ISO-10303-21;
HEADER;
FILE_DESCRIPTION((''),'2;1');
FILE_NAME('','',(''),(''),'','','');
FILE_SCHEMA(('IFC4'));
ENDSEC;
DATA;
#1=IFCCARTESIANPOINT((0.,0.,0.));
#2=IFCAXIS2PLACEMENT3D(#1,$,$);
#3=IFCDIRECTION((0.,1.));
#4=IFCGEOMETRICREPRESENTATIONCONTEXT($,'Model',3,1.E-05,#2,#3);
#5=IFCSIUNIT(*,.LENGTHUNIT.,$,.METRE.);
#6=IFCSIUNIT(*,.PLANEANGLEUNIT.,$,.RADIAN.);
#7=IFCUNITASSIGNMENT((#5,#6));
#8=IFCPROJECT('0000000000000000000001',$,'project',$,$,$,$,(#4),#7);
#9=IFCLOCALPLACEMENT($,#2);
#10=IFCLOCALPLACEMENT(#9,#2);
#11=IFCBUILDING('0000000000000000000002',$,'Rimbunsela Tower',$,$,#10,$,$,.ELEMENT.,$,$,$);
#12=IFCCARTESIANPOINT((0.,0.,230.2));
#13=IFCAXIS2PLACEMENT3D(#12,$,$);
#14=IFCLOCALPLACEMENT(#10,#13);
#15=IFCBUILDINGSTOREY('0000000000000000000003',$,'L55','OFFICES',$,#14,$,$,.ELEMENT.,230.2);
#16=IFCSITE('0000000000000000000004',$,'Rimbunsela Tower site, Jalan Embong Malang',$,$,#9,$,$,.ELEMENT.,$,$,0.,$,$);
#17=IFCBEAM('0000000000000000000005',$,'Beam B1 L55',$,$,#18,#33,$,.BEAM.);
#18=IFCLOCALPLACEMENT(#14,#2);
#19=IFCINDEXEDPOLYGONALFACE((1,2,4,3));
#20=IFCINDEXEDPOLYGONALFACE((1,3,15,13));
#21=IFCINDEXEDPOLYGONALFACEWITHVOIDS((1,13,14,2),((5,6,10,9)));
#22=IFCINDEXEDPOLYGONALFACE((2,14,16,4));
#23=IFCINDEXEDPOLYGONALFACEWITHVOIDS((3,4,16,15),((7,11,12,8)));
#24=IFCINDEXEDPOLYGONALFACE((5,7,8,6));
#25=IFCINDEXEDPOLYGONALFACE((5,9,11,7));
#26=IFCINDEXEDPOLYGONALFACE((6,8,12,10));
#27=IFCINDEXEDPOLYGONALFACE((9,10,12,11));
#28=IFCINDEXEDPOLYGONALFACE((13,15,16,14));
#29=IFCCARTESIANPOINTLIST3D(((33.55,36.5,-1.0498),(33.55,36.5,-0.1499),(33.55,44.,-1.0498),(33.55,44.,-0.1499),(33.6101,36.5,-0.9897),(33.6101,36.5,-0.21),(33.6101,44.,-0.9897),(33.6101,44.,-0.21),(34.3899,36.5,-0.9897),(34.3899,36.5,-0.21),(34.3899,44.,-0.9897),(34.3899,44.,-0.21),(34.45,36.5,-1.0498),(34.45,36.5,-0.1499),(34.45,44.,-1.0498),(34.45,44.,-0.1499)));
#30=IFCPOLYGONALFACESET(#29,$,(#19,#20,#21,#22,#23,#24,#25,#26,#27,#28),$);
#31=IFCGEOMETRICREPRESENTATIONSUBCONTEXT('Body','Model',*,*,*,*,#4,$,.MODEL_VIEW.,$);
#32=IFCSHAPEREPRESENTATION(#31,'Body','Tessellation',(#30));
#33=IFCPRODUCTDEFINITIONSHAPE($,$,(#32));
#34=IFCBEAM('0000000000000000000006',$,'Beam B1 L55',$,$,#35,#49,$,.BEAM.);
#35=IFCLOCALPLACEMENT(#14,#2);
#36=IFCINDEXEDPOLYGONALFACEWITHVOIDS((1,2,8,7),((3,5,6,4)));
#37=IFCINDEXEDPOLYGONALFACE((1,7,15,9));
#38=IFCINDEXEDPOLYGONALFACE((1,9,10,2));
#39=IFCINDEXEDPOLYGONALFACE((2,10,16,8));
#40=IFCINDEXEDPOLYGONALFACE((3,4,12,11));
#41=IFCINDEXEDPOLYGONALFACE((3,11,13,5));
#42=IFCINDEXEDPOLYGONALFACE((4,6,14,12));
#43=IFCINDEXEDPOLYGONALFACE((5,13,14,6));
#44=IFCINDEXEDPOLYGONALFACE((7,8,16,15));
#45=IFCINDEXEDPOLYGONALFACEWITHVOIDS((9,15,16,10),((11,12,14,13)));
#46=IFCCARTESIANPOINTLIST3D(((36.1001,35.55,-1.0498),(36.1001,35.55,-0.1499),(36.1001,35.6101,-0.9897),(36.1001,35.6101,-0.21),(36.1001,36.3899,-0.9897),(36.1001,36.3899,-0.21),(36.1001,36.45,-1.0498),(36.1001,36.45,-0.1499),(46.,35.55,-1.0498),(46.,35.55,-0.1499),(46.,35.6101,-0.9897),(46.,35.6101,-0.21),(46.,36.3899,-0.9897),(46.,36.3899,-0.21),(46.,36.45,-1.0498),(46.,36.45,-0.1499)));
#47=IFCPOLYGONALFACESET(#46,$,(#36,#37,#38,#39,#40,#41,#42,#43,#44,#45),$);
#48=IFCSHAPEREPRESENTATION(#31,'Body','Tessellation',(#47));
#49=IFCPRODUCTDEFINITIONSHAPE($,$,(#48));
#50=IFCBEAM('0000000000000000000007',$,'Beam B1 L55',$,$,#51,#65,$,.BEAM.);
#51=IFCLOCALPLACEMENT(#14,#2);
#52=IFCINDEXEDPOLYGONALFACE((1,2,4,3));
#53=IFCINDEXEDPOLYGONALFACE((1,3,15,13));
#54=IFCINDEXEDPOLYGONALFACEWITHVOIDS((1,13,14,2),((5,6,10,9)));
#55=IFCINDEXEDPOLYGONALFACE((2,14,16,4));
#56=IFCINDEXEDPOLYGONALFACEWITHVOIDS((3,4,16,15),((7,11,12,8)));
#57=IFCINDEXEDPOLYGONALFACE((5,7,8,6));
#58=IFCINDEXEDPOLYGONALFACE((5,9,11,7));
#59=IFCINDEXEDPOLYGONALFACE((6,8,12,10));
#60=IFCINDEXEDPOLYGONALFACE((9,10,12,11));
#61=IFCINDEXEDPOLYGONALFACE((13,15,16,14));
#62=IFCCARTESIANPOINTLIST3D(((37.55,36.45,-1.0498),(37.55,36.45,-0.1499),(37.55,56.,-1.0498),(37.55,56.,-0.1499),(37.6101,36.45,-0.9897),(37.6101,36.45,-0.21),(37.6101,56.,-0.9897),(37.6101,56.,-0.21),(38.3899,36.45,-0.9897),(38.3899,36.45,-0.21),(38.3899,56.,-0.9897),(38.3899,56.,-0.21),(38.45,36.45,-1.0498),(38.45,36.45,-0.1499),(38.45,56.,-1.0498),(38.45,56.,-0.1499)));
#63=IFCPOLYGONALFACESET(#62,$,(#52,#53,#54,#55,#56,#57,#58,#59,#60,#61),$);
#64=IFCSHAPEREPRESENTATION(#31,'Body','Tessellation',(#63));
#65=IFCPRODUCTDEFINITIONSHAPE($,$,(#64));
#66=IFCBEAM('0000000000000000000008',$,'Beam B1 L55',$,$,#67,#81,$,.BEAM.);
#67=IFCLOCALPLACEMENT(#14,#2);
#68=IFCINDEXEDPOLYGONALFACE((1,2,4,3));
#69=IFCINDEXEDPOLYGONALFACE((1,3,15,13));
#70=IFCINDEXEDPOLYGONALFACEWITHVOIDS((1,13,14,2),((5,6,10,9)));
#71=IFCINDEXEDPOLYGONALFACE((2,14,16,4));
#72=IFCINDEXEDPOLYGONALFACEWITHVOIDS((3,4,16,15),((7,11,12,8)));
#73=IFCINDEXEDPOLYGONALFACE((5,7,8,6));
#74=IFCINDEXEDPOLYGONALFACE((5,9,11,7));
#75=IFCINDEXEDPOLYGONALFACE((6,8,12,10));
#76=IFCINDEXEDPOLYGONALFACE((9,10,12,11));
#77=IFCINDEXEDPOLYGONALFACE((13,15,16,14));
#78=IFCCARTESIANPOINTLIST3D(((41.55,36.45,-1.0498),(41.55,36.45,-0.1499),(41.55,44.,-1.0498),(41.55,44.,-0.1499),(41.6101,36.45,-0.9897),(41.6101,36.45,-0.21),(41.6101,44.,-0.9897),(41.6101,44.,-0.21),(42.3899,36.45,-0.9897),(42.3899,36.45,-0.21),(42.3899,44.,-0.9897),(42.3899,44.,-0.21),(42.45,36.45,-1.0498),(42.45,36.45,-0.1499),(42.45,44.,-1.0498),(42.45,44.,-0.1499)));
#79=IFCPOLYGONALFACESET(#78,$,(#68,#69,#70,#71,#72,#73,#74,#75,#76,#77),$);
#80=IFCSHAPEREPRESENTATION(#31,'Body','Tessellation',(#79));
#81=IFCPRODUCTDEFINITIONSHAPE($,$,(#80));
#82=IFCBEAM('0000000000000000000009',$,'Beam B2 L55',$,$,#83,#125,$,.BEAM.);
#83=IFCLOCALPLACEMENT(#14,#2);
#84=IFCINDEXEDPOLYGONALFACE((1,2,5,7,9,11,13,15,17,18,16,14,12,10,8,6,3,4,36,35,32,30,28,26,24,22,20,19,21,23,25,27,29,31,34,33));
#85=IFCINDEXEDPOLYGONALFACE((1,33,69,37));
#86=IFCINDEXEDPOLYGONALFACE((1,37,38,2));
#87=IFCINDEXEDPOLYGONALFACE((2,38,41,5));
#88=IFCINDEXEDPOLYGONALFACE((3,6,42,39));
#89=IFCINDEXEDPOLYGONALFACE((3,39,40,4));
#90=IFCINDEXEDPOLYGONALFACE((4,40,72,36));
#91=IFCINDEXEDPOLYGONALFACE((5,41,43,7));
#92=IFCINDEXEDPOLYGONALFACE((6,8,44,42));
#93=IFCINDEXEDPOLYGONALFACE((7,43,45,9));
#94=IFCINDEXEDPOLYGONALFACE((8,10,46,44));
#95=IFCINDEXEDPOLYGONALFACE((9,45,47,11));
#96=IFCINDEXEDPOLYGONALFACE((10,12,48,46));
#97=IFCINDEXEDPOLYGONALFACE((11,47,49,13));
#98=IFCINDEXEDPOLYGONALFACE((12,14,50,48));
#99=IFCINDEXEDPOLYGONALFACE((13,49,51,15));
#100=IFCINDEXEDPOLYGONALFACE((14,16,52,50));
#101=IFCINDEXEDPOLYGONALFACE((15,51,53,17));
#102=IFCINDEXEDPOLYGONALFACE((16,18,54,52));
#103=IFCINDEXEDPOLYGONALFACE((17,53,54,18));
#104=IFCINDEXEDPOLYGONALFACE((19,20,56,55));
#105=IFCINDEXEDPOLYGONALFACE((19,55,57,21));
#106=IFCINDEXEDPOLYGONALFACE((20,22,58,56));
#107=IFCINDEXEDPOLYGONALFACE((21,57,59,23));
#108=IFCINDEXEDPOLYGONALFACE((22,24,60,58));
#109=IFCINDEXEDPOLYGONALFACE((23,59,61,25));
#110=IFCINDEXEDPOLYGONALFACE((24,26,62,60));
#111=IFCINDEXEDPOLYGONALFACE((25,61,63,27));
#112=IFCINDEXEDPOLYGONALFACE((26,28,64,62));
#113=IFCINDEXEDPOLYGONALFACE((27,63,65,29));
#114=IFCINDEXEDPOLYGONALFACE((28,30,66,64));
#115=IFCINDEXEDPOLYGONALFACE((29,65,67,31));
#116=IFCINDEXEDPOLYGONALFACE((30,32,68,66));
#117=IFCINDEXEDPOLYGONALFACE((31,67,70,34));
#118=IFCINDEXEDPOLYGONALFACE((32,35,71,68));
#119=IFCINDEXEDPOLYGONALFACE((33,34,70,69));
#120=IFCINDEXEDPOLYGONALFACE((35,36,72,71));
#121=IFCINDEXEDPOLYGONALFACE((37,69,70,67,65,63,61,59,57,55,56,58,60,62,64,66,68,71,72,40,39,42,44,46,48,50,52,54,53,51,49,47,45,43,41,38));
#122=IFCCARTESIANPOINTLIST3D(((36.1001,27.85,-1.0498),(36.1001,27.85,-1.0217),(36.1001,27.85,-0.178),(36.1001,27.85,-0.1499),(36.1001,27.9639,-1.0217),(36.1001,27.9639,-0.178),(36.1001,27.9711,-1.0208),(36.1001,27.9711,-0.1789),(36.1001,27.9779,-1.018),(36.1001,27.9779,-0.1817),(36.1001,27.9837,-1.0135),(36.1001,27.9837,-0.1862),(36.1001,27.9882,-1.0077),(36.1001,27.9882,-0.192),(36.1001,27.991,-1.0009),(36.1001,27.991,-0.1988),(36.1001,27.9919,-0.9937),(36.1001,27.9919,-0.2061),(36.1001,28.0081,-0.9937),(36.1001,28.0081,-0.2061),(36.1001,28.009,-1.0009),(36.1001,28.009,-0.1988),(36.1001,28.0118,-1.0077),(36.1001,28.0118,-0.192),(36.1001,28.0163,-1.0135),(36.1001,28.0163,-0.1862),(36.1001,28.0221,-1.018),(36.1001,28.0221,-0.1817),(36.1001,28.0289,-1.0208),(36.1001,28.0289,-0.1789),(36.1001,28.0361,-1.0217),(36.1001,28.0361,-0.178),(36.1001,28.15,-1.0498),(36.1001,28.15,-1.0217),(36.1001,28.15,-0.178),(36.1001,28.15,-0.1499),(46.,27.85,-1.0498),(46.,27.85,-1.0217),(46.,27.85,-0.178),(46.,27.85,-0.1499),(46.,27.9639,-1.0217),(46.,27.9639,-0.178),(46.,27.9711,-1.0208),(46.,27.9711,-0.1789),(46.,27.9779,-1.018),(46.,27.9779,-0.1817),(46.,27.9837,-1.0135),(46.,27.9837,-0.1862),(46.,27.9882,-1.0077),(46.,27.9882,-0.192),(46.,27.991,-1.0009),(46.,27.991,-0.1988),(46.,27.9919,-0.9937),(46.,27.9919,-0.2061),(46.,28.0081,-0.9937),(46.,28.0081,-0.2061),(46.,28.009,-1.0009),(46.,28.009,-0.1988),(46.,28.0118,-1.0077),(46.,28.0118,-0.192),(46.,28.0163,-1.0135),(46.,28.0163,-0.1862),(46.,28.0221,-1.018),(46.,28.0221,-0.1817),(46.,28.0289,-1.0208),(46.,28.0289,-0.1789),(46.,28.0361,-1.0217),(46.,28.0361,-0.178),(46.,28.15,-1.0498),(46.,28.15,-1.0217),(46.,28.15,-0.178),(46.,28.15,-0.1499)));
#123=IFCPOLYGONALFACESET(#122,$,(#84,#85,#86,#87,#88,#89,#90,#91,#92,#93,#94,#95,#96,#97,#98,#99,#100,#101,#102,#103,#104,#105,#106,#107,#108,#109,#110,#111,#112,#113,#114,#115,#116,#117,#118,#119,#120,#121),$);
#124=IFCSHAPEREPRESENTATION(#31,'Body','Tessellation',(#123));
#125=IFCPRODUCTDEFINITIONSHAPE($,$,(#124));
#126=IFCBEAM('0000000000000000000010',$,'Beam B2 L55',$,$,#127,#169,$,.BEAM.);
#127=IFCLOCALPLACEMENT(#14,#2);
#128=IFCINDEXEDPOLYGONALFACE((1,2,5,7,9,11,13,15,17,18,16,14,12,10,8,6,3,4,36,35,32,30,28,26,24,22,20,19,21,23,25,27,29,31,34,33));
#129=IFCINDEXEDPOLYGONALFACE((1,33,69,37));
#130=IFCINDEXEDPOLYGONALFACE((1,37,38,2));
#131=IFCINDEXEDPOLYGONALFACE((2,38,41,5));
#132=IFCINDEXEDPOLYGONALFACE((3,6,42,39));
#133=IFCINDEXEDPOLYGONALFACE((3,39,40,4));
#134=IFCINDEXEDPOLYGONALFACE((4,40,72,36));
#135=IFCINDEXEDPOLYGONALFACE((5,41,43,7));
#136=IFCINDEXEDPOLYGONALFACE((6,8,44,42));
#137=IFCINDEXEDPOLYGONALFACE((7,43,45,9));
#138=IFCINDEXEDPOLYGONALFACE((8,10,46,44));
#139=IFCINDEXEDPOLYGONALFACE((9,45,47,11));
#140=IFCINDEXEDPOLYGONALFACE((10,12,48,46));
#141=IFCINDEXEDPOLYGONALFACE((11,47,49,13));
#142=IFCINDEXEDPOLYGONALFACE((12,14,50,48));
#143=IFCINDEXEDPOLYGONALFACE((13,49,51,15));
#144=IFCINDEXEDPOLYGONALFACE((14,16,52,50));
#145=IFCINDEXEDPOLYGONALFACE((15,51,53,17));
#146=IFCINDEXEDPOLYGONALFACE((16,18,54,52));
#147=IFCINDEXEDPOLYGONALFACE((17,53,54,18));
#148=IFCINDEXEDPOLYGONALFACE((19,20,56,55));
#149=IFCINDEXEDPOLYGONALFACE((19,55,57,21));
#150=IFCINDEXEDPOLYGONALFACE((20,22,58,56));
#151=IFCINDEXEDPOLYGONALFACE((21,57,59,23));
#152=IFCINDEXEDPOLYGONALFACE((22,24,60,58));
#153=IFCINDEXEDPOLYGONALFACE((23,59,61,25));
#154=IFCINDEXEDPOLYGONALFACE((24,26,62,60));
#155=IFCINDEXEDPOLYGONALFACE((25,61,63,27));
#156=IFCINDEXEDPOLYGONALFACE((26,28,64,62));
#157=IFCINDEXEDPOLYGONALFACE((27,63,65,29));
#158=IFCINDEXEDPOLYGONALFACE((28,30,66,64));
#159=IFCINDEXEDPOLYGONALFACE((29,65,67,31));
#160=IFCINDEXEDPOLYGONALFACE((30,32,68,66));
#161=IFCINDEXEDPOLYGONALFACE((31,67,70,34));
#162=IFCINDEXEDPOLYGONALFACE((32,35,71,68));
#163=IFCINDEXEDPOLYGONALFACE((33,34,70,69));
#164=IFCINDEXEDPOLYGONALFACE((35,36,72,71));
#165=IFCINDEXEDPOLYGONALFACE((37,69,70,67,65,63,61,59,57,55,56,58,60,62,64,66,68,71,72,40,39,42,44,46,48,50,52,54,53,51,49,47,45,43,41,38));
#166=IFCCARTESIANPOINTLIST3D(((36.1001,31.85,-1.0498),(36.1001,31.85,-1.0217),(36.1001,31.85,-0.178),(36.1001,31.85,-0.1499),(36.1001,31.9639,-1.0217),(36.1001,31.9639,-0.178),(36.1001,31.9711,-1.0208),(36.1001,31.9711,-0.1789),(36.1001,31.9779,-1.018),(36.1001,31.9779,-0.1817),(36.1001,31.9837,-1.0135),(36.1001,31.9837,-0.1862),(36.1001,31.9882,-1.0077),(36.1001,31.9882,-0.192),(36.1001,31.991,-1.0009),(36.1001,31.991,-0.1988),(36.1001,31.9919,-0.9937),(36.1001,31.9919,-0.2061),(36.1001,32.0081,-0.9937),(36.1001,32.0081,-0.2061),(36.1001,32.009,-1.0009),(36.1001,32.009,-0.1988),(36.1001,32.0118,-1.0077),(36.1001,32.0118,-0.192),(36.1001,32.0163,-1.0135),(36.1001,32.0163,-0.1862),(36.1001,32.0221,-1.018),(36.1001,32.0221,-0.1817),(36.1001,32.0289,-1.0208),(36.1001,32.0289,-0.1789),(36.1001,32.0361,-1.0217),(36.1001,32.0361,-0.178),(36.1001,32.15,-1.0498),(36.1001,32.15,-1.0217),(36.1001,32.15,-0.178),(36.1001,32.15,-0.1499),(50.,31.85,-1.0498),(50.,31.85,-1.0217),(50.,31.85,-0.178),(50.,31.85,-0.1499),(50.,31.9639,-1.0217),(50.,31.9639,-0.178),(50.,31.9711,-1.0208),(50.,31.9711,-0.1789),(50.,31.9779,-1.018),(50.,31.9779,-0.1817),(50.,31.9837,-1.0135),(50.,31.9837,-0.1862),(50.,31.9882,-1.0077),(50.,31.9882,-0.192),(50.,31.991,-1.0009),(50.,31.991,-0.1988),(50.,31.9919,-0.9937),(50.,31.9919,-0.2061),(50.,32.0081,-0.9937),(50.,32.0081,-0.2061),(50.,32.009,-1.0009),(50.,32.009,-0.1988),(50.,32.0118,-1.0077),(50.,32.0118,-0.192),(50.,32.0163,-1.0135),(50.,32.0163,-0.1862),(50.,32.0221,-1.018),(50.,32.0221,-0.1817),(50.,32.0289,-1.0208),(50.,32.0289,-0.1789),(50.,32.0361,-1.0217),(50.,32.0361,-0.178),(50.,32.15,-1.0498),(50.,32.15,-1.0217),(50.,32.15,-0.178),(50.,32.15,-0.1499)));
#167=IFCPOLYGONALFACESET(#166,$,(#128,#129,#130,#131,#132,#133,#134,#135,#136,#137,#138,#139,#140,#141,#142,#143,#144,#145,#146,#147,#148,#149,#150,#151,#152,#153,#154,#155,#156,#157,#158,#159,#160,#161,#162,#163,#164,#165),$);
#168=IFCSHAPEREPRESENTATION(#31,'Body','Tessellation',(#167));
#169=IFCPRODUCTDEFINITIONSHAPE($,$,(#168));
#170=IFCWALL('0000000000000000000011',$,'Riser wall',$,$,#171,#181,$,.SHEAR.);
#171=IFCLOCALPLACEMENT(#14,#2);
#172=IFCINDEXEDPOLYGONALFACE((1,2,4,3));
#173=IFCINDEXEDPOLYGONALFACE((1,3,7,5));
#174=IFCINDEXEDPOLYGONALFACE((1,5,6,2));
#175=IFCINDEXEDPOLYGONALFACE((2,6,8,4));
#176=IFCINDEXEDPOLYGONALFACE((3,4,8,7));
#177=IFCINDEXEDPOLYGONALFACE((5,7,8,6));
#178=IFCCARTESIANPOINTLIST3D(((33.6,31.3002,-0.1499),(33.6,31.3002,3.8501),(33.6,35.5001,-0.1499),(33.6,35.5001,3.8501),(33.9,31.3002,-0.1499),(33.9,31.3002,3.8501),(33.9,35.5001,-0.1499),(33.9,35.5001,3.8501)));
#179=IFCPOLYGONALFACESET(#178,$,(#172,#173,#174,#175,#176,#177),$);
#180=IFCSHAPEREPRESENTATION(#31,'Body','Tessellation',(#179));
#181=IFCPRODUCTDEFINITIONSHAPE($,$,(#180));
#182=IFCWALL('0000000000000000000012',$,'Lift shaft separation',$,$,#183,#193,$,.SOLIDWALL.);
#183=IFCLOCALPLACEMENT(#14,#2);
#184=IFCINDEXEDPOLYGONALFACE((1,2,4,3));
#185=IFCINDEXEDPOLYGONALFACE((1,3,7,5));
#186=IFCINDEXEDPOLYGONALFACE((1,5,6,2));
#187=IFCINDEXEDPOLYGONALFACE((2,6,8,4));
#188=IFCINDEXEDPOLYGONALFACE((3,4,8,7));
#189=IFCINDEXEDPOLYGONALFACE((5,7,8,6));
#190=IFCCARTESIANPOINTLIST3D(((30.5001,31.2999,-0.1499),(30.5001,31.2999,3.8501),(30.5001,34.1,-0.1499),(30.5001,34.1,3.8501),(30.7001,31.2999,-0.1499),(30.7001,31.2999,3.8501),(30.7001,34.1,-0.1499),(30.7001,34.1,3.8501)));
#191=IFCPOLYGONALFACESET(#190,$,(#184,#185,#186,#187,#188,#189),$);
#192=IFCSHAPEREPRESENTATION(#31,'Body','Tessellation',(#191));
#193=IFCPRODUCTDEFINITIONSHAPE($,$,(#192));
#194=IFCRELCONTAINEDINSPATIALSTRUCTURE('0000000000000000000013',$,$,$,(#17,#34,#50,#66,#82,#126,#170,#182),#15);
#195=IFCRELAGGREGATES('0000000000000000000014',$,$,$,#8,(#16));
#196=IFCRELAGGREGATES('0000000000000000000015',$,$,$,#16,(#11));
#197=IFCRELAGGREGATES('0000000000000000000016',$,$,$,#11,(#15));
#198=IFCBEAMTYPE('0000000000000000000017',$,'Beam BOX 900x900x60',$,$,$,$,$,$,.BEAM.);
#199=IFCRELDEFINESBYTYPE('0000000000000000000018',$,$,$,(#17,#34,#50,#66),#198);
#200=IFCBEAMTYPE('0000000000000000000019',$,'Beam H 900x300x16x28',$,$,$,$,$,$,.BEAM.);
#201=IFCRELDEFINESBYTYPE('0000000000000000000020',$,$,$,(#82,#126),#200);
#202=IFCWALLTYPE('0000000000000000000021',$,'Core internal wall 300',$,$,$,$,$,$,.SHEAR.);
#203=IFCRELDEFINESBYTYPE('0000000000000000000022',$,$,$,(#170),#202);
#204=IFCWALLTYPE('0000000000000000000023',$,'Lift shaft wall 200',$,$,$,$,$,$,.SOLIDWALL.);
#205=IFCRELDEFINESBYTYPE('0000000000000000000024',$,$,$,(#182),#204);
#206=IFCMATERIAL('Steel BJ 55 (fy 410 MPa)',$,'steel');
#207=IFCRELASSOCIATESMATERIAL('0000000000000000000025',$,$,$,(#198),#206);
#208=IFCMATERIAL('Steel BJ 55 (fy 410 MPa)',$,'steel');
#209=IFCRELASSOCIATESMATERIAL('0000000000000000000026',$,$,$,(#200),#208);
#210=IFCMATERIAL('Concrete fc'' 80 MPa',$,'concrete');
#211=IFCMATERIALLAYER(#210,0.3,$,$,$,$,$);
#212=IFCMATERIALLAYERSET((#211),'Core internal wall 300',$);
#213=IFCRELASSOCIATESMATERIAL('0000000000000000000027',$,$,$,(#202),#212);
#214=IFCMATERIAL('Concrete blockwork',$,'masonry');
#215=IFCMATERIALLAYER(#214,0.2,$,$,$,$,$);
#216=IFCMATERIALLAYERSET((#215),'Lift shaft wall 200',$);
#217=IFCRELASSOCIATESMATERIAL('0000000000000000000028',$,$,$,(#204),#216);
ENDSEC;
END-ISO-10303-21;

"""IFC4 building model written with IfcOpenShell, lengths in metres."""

from ifc_helpers import new_model, si_unit, direction, frame, frame_2d, origin, origin_2d, place, context, subcontext, project, spatial, rectangle, hollow_rectangle, i_section, extrude, material, layer, layer_set, material_profile, profile_set, type_object, element, save


model = new_model("IFC4")

# Units and contexts
model_context = context("Model", 3, precision=1e-05, world=origin(), true_north=direction((0.0, 1.0)))
body_context = subcontext(model_context, "Body", "Model", "MODEL_VIEW")
ifc_project = project(units=[si_unit("LENGTHUNIT", "METRE"), si_unit("PLANEANGLEUNIT", "RADIAN")], contexts=[model_context])

# Site, building, storey
site_placement = place(None, origin())
site = spatial("IfcSite", under=ifc_project, at=site_placement, Name="Rimbunsela Tower site, Jalan Embong Malang", CompositionType="ELEMENT", RefElevation=0.0)
building_placement = place(site_placement, origin())
building = spatial("IfcBuilding", under=site, at=building_placement, Name="Rimbunsela Tower", CompositionType="ELEMENT")
storey_placement = place(building_placement, frame((0.0, 0.0, 230.2)))
storey = spatial("IfcBuildingStorey", under=building, at=storey_placement, Name="L55", Description="OFFICES", CompositionType="ELEMENT", Elevation=230.2)

# Beams
ifc_material_1 = material(Name="Steel BJ 55 (fy 410 MPa)", Category="steel")
ifc_material_profile_1 = material_profile(ifc_material_1, hollow_rectangle(XDim=0.8999, YDim=0.8999, WallThickness=0.0601, at=origin_2d()), Name="BOX 900x900x60")
ifc_profile_set_1 = profile_set([ifc_material_profile_1], Name="Steel BJ 55 (fy 410 MPa)")
beam_type_1 = type_object("IfcBeamType", Name="Beam BOX 900x900x60", PredefinedType="BEAM", material=ifc_profile_set_1)
beam_1_placement = place(storey_placement, frame((34.0, 36.5, -0.5999), z_axis=(0.0, 1.0, 0.0), x_axis=(-1.0, 0.0, 0.0)))
element("IfcBeam", 1, at=beam_1_placement, inside=storey, type_object=beam_type_1, Name="Beam B1 L55", PredefinedType="BEAM", context=body_context, shape_type="SweptSolid", body=[
    extrude(hollow_rectangle(XDim=0.8999, YDim=0.8999, WallThickness=0.0601, at=origin_2d()), origin(), (0.0, 0.0, 1.0), 7.5),
])
beam_2_placement = place(storey_placement, frame((36.1001, 36.0, -0.5999), z_axis=(1.0, 0.0, 0.0), x_axis=(0.0, 1.0, 0.0)))
element("IfcBeam", 2, at=beam_2_placement, inside=storey, type_object=beam_type_1, Name="Beam B1 L55", PredefinedType="BEAM", context=body_context, shape_type="SweptSolid", body=[
    extrude(hollow_rectangle(XDim=0.8999, YDim=0.8999, WallThickness=0.0601, at=origin_2d()), origin(), (0.0, 0.0, 1.0), 9.8999),
])
beam_3_placement = place(storey_placement, frame((38.0, 36.45, -0.5999), z_axis=(0.0, 1.0, 0.0), x_axis=(-1.0, 0.0, 0.0)))
element("IfcBeam", 3, at=beam_3_placement, inside=storey, type_object=beam_type_1, Name="Beam B1 L55", PredefinedType="BEAM", context=body_context, shape_type="SweptSolid", body=[
    extrude(hollow_rectangle(XDim=0.8999, YDim=0.8999, WallThickness=0.0601, at=origin_2d()), origin(), (0.0, 0.0, 1.0), 19.55),
])
beam_4_placement = place(storey_placement, frame((42.0, 36.45, -0.5999), z_axis=(0.0, 1.0, 0.0), x_axis=(-1.0, 0.0, 0.0)))
element("IfcBeam", 4, at=beam_4_placement, inside=storey, type_object=beam_type_1, Name="Beam B1 L55", PredefinedType="BEAM", context=body_context, shape_type="SweptSolid", body=[
    extrude(hollow_rectangle(XDim=0.8999, YDim=0.8999, WallThickness=0.0601, at=origin_2d()), origin(), (0.0, 0.0, 1.0), 7.55),
])
ifc_material_2 = material(Name="Steel BJ 55 (fy 410 MPa)", Category="steel")
ifc_material_profile_2 = material_profile(ifc_material_2, i_section(OverallWidth=0.3, OverallDepth=0.8999, WebThickness=0.0161, FlangeThickness=0.0281, FilletRadius=0.0281, at=origin_2d()), Name="H 900x300x16x28")
ifc_profile_set_2 = profile_set([ifc_material_profile_2], Name="Steel BJ 55 (fy 410 MPa)")
beam_type_2 = type_object("IfcBeamType", Name="Beam H 900x300x16x28", PredefinedType="BEAM", material=ifc_profile_set_2)
beam_5_placement = place(storey_placement, frame((36.1001, 28.0, -0.5999), z_axis=(1.0, 0.0, 0.0), x_axis=(0.0, 1.0, 0.0)))
element("IfcBeam", 5, at=beam_5_placement, inside=storey, type_object=beam_type_2, Name="Beam B2 L55", PredefinedType="BEAM", context=body_context, shape_type="SweptSolid", body=[
    extrude(i_section(OverallWidth=0.3, OverallDepth=0.8999, WebThickness=0.0161, FlangeThickness=0.0281, FilletRadius=0.0281, at=origin_2d()), origin(), (0.0, 0.0, 1.0), 9.8999),
])
beam_6_placement = place(storey_placement, frame((36.1001, 32.0, -0.5999), z_axis=(1.0, 0.0, 0.0), x_axis=(0.0, 1.0, 0.0)))
element("IfcBeam", 6, at=beam_6_placement, inside=storey, type_object=beam_type_2, Name="Beam B2 L55", PredefinedType="BEAM", context=body_context, shape_type="SweptSolid", body=[
    extrude(i_section(OverallWidth=0.3, OverallDepth=0.8999, WebThickness=0.0161, FlangeThickness=0.0281, FilletRadius=0.0281, at=origin_2d()), origin(), (0.0, 0.0, 1.0), 13.8999),
])

# Walls
ifc_material_3 = material(Name="Concrete fc' 80 MPa", Category="concrete")
ifc_layer_1 = layer(ifc_material_3, 0.3)
ifc_layer_set_1 = layer_set([ifc_layer_1], Name="Core internal wall 300")
wall_type_1 = type_object("IfcWallType", Name="Core internal wall 300", PredefinedType="SHEAR", material=ifc_layer_set_1)
wall_1_placement = place(storey_placement, frame((33.75, 31.3, -0.1499), z_axis=(0.0, 0.0, 1.0), x_axis=(0.0, 1.0, 0.0)))
element("IfcWall", 7, at=wall_1_placement, inside=storey, type_object=wall_type_1, Name="Riser wall", PredefinedType="SHEAR", context=body_context, shape_type="SweptSolid", body=[
    extrude(rectangle(XDim=4.2, YDim=0.3, at=frame_2d((2.1001, 0.0))), origin(), (0.0, 0.0, 1.0), 4.0),
])
ifc_material_4 = material(Name="Concrete blockwork", Category="masonry")
ifc_layer_2 = layer(ifc_material_4, 0.2)
ifc_layer_set_2 = layer_set([ifc_layer_2], Name="Lift shaft wall 200")
wall_type_2 = type_object("IfcWallType", Name="Lift shaft wall 200", PredefinedType="SOLIDWALL", material=ifc_layer_set_2)
wall_2_placement = place(storey_placement, frame((30.6001, 31.3, -0.1499), z_axis=(0.0, 0.0, 1.0), x_axis=(0.0, 1.0, 0.0)))
element("IfcWall", 8, at=wall_2_placement, inside=storey, type_object=wall_type_2, Name="Lift shaft separation", PredefinedType="SOLIDWALL", context=body_context, shape_type="SweptSolid", body=[
    extrude(rectangle(XDim=2.8, YDim=0.2, at=frame_2d((1.3999, 0.0))), origin(), (0.0, 0.0, 1.0), 4.0),
])

save(model, "model.ifc")
